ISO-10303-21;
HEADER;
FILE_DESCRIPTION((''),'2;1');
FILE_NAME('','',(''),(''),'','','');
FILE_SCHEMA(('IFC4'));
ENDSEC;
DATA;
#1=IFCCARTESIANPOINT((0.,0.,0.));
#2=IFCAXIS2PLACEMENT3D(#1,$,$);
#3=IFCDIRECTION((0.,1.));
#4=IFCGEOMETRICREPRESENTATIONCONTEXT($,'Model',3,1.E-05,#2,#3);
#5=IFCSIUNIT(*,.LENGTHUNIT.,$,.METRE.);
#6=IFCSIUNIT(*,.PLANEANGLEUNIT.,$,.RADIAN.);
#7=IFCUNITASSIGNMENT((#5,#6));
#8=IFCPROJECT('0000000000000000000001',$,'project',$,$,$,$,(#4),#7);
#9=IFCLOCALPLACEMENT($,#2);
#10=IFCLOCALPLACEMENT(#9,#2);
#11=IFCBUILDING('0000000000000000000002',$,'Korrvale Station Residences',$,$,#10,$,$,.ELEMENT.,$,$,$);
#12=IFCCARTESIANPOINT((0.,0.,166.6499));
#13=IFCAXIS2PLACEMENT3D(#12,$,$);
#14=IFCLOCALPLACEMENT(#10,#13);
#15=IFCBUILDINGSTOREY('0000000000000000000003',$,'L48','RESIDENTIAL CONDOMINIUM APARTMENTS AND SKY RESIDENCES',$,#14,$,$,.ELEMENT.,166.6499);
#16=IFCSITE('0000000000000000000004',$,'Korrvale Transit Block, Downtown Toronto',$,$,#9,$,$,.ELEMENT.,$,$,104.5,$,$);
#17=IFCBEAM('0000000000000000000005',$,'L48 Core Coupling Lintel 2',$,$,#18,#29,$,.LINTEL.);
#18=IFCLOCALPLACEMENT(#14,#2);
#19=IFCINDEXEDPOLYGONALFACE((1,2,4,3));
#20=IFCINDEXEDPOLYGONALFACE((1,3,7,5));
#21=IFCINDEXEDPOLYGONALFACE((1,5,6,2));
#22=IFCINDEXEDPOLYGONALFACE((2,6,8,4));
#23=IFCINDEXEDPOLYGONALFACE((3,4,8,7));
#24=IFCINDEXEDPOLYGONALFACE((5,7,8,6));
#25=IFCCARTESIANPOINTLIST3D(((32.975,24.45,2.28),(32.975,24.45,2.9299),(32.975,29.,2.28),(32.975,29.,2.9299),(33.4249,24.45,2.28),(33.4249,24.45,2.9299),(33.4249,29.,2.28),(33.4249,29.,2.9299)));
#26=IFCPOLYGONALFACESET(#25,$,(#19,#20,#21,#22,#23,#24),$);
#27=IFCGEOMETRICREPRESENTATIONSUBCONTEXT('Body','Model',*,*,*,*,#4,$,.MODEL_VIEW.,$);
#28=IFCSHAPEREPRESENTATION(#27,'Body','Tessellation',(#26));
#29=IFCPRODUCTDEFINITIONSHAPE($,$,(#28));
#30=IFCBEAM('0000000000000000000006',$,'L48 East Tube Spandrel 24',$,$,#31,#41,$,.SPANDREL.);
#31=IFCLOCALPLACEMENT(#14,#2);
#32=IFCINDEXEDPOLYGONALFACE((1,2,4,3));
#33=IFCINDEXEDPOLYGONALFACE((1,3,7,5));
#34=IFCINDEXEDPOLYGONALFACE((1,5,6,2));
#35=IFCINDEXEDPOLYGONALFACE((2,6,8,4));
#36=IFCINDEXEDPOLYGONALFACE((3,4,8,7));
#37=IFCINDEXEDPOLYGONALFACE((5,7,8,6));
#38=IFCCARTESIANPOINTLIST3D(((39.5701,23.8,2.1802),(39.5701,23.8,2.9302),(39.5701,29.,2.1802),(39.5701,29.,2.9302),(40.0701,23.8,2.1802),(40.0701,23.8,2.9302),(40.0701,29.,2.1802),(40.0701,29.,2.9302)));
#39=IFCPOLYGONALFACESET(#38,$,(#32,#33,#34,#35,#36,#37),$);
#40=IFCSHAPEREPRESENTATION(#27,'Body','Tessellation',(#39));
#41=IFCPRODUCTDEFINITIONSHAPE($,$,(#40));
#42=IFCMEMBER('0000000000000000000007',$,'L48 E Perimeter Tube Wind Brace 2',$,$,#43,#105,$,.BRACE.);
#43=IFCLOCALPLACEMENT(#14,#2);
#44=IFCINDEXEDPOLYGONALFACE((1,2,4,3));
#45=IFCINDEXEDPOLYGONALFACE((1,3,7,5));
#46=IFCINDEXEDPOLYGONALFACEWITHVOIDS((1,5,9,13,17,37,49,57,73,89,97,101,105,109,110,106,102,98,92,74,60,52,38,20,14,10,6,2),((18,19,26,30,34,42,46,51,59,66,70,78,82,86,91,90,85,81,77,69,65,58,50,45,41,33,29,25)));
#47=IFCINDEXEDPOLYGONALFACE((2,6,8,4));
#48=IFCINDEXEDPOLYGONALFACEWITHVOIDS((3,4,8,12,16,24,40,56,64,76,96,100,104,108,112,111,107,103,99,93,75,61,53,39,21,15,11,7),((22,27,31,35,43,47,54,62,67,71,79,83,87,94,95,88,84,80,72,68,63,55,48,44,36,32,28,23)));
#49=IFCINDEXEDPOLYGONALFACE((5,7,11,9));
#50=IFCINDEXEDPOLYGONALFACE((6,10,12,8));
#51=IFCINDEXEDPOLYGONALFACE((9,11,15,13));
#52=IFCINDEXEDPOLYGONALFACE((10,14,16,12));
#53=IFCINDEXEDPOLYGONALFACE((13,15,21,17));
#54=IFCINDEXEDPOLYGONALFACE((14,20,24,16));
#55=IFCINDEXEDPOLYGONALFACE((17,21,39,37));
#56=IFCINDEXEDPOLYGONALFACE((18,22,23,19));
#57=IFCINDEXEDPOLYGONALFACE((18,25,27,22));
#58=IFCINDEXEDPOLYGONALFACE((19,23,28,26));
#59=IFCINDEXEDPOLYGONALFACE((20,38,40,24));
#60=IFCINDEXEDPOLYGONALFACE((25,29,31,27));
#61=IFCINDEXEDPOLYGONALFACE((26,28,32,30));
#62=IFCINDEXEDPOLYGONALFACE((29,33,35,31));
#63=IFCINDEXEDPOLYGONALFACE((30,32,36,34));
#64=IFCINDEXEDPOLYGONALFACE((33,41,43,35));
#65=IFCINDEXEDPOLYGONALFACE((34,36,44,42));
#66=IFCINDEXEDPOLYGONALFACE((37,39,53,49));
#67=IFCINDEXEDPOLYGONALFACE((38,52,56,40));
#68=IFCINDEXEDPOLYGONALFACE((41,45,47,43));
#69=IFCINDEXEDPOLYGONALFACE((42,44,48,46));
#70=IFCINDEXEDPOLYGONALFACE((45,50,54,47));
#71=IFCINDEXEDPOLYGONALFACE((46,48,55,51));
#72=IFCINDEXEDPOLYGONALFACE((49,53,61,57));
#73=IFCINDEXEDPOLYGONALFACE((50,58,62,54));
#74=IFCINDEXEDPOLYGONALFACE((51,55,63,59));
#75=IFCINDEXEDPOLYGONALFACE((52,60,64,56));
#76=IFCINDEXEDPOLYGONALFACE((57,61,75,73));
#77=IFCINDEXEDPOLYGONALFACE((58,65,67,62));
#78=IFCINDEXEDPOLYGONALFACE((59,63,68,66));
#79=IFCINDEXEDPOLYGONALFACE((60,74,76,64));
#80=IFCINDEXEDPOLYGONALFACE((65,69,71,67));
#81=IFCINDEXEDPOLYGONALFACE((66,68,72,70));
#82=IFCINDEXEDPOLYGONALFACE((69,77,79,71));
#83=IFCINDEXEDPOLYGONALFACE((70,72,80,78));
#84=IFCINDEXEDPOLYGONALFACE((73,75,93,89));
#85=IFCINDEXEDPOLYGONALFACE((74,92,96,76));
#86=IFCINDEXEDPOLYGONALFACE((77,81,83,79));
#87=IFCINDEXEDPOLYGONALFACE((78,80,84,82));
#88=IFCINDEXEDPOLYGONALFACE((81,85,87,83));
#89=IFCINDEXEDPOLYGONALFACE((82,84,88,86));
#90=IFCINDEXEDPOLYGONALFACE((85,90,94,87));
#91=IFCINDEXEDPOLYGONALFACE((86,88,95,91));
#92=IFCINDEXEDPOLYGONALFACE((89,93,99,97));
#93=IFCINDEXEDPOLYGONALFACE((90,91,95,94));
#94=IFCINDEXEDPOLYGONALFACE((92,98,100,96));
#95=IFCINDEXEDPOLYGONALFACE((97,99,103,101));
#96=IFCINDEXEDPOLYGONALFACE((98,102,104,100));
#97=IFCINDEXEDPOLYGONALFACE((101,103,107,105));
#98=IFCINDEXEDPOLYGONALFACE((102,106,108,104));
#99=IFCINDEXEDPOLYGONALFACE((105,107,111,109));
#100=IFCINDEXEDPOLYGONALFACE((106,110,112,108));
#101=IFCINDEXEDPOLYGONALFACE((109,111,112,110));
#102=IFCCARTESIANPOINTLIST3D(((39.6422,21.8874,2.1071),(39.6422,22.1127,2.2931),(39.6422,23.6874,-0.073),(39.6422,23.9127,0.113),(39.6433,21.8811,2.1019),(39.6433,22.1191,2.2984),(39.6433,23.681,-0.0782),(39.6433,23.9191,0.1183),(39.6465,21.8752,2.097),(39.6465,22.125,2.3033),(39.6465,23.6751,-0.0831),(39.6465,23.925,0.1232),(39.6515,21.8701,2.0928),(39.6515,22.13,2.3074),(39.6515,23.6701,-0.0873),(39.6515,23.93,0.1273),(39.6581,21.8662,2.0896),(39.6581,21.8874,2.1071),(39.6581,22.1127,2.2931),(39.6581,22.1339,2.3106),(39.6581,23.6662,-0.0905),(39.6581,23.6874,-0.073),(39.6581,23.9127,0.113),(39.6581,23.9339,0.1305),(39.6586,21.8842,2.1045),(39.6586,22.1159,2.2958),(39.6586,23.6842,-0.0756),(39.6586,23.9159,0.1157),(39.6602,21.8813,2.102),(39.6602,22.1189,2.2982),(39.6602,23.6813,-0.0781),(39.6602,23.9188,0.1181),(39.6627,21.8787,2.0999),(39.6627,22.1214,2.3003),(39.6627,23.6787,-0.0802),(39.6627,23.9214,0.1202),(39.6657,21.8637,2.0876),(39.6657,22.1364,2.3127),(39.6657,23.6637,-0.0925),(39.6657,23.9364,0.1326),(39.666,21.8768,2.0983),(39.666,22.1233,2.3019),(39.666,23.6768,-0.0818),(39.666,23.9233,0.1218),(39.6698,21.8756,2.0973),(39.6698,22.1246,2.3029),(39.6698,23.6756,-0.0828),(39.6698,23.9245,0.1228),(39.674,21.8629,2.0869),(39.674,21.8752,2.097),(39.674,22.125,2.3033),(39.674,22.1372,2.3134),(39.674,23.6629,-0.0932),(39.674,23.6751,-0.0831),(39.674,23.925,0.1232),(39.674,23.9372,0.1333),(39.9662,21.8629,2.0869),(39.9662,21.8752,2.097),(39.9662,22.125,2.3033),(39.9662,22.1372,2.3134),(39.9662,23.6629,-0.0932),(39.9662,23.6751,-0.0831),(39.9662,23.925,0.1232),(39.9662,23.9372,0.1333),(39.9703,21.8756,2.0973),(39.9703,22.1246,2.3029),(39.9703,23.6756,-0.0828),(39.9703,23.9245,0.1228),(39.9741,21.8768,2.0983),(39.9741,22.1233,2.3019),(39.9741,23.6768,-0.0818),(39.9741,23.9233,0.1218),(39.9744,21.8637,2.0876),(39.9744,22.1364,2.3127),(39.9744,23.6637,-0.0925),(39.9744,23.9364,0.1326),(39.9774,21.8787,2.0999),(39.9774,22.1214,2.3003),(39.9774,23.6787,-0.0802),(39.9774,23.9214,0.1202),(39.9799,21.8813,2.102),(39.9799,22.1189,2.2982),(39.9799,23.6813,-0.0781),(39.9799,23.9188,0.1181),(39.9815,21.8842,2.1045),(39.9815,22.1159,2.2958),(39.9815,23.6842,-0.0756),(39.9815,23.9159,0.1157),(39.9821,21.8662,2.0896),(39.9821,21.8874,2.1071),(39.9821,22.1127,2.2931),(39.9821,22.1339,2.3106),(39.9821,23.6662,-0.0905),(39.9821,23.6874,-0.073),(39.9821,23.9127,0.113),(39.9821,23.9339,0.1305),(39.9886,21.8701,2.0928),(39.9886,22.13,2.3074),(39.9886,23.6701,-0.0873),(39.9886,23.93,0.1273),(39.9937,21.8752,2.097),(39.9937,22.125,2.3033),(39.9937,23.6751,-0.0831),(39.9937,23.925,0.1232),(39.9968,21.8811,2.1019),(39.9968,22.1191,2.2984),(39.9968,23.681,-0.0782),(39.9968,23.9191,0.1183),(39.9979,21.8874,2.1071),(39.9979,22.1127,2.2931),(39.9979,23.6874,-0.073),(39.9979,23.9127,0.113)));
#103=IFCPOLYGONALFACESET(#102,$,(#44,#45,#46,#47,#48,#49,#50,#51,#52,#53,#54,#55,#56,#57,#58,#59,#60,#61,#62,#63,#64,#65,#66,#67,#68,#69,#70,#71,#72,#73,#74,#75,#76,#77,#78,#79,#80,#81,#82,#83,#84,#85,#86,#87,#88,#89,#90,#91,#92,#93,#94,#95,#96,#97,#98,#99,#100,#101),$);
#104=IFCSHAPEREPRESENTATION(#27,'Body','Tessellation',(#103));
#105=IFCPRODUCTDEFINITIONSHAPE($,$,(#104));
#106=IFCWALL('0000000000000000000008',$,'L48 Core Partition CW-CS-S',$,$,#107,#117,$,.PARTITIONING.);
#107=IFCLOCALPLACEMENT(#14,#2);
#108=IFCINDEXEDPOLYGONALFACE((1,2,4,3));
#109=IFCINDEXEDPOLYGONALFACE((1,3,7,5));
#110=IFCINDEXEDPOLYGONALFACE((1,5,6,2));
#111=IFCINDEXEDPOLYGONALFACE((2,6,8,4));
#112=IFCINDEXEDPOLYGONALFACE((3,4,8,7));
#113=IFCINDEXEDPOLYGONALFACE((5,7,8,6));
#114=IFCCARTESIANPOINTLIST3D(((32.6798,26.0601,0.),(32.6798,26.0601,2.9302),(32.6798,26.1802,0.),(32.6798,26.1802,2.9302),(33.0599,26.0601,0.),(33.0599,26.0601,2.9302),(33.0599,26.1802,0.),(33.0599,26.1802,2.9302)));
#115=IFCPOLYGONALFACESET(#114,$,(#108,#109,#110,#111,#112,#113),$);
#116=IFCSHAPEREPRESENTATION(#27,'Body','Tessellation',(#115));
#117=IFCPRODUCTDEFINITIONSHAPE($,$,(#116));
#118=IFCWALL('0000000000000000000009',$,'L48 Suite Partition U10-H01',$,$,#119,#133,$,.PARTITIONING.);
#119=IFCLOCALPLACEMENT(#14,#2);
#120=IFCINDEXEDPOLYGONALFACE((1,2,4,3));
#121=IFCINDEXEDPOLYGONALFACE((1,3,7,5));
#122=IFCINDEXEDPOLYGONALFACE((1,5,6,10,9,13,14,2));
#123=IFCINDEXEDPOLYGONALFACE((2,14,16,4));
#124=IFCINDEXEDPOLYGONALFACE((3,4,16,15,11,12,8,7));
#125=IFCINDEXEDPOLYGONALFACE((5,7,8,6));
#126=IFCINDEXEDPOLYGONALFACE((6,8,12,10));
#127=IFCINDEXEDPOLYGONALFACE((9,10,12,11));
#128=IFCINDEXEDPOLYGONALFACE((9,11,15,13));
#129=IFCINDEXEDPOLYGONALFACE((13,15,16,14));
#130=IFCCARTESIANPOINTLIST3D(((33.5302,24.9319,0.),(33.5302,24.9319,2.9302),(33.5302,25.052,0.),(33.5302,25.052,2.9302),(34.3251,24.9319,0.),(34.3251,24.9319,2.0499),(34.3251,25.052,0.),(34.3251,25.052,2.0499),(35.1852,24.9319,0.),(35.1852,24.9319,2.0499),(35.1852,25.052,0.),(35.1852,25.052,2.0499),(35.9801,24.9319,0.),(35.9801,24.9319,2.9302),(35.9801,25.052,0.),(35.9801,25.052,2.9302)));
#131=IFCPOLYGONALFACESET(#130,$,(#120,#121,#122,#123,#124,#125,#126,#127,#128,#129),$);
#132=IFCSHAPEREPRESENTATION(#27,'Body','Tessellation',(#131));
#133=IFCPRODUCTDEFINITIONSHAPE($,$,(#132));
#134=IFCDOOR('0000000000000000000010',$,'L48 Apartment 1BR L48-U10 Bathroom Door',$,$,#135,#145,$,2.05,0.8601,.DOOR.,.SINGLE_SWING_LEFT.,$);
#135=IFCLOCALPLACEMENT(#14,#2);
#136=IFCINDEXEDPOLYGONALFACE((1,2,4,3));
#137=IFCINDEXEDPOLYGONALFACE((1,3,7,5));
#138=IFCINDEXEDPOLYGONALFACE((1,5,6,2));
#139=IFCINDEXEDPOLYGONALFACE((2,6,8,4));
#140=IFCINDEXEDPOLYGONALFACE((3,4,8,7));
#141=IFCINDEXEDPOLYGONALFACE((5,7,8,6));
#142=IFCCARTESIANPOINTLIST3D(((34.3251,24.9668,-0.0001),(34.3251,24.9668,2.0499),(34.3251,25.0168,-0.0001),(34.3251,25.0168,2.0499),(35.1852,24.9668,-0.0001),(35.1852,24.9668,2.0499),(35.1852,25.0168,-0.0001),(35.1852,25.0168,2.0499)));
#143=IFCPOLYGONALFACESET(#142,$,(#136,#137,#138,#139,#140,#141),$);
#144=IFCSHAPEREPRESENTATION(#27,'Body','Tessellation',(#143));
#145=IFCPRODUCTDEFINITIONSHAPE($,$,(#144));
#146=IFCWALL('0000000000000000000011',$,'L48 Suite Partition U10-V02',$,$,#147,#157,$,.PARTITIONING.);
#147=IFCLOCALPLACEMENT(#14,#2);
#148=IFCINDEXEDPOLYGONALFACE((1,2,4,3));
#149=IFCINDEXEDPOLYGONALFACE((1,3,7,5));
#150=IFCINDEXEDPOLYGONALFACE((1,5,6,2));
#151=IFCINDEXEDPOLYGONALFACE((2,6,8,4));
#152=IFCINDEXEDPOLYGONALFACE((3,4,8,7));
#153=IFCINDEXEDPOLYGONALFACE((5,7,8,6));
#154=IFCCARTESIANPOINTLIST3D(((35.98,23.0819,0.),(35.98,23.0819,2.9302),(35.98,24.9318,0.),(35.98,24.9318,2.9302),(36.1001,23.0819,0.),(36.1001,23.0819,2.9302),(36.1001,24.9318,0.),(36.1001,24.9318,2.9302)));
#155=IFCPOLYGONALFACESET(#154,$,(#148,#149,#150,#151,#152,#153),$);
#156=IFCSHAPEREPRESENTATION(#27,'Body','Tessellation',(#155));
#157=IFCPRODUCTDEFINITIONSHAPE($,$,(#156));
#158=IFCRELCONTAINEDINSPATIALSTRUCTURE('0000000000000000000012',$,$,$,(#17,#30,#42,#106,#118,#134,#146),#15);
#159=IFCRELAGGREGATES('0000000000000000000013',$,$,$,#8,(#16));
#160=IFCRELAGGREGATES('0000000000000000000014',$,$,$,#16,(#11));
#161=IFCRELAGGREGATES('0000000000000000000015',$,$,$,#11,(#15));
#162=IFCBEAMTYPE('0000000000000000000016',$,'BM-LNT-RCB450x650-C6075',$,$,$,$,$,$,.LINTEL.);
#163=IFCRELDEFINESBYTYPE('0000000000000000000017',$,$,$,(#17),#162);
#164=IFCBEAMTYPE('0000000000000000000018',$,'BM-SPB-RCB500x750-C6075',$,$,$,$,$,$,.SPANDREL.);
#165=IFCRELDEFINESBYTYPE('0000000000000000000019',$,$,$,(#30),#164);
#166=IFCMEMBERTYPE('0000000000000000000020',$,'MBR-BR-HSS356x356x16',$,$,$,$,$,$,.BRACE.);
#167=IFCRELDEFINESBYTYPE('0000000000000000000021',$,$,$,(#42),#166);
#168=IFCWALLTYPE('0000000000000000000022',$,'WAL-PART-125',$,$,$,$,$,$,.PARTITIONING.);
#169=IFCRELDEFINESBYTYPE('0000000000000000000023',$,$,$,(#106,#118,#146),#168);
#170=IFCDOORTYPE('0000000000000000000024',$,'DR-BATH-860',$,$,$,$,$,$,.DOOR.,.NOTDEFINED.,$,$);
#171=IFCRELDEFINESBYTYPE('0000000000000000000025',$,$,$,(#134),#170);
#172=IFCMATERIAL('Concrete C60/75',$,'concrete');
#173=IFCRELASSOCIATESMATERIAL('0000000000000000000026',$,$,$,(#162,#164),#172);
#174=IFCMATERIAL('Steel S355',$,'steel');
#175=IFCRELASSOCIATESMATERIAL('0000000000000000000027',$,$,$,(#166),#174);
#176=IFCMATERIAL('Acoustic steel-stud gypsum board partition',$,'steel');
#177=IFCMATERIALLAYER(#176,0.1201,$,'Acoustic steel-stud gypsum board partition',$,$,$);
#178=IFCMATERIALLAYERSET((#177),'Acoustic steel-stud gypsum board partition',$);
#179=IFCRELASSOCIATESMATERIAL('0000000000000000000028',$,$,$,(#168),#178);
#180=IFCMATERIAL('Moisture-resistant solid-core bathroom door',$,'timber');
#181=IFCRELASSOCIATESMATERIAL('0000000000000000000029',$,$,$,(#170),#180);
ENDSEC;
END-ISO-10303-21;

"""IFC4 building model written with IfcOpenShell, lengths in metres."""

from ifc_helpers import new_model, si_unit, direction, frame, frame_2d, origin, origin_2d, place, context, subcontext, project, spatial, rectangle, hollow_rectangle, extrude, material, layer, layer_set, material_profile, profile_set, type_object, element, fill, save


model = new_model("IFC4")

# Units and contexts
model_context = context("Model", 3, precision=1e-05, world=origin(), true_north=direction((0.0, 1.0)))
body_context = subcontext(model_context, "Body", "Model", "MODEL_VIEW")
ifc_project = project(units=[si_unit("LENGTHUNIT", "METRE"), si_unit("PLANEANGLEUNIT", "RADIAN")], contexts=[model_context])

# Site, building, storey
site_placement = place(None, origin())
site = spatial("IfcSite", under=ifc_project, at=site_placement, Name="Korrvale Transit Block, Downtown Toronto", CompositionType="ELEMENT", RefElevation=104.5)
building_placement = place(site_placement, origin())
building = spatial("IfcBuilding", under=site, at=building_placement, Name="Korrvale Station Residences", CompositionType="ELEMENT")
storey_placement = place(building_placement, frame((0.0, 0.0, 166.6499)))
storey = spatial("IfcBuildingStorey", under=building, at=storey_placement, Name="L48", Description="RESIDENTIAL CONDOMINIUM APARTMENTS AND SKY RESIDENCES", CompositionType="ELEMENT", Elevation=166.6499)

# Shared definitions
ifc_material_1 = material(Name="Concrete C60/75", Category="concrete")

# Beams
ifc_material_2 = material(Name="Steel S355", Category="steel")
ifc_material_profile_1 = material_profile(ifc_material_1, rectangle(XDim=0.45, YDim=0.6499, at=origin_2d()), Name="RCB450x650")
ifc_profile_set_1 = profile_set([ifc_material_profile_1], Name="Concrete C60/75")
beam_type_1 = type_object("IfcBeamType", Name="BM-LNT-RCB450x650-C6075", PredefinedType="LINTEL", material=ifc_profile_set_1)
beam_1_placement = place(storey_placement, frame((33.2, 24.45, 2.605), z_axis=(0.0, 1.0, 0.0), x_axis=(-1.0, 0.0, 0.0)))
element("IfcBeam", 1, at=beam_1_placement, inside=storey, type_object=beam_type_1, Name="L48 Core Coupling Lintel 2", PredefinedType="LINTEL", context=body_context, shape_type="SweptSolid", body=[
    extrude(rectangle(XDim=0.45, YDim=0.6499, at=origin_2d()), origin(), (0.0, 0.0, 1.0), 4.55),
])
ifc_material_profile_2 = material_profile(ifc_material_1, rectangle(XDim=0.5, YDim=0.75, at=origin_2d()), Name="RCB500x750")
ifc_profile_set_2 = profile_set([ifc_material_profile_2], Name="Concrete C60/75")
beam_type_2 = type_object("IfcBeamType", Name="BM-SPB-RCB500x750-C6075", PredefinedType="SPANDREL", material=ifc_profile_set_2)
beam_2_placement = place(storey_placement, frame((39.8201, 23.8, 2.5552), z_axis=(0.0, 1.0, 0.0), x_axis=(-1.0, 0.0, 0.0)))
element("IfcBeam", 2, at=beam_2_placement, inside=storey, type_object=beam_type_2, Name="L48 East Tube Spandrel 24", PredefinedType="SPANDREL", context=body_context, shape_type="SweptSolid", body=[
    extrude(rectangle(XDim=0.5, YDim=0.75, at=origin_2d()), origin(), (0.0, 0.0, 1.0), 5.2),
])

# Member
ifc_material_profile_3 = material_profile(ifc_material_2, hollow_rectangle(XDim=0.3557, YDim=0.3557, WallThickness=0.0159, InnerFilletRadius=0.0159, OuterFilletRadius=0.0317, at=origin_2d()), Name="HSS356x356x16")
ifc_profile_set_3 = profile_set([ifc_material_profile_3], Name="Steel S355")
member_type = type_object("IfcMemberType", Name="MBR-BR-HSS356x356x16", PredefinedType="BRACE", material=ifc_profile_set_3)
member_placement = place(storey_placement, frame((39.8201, 23.8, 0.02), z_axis=(0.0, -0.636678, 0.771129), x_axis=(1.0, 0.0, 0.0)))
element("IfcMember", 3, at=member_placement, inside=storey, type_object=member_type, Name="L48 E Perimeter Tube Wind Brace 2", PredefinedType="BRACE", context=body_context, shape_type="SweptSolid", body=[
    extrude(hollow_rectangle(XDim=0.3557, YDim=0.3557, WallThickness=0.0159, InnerFilletRadius=0.0159, OuterFilletRadius=0.0317, at=origin_2d()), origin(), (0.0, 0.0, 1.0), 2.8271),
])

# Wall
ifc_material_3 = material(Name="Acoustic steel-stud gypsum board partition", Category="steel")
ifc_layer_1 = layer(ifc_material_3, 0.1201, Name="Acoustic steel-stud gypsum board partition")
ifc_layer_set_1 = layer_set([ifc_layer_1], Name="Acoustic steel-stud gypsum board partition")
wall_type_1 = type_object("IfcWallType", Name="WAL-PART-125", PredefinedType="PARTITIONING", material=ifc_layer_set_1)
wall_1_placement = place(storey_placement, frame((32.6799, 26.1201, 0.0), z_axis=(0.0, 0.0, 1.0), x_axis=(1.0, 0.0, 0.0)))
element("IfcWall", 4, at=wall_1_placement, inside=storey, type_object=wall_type_1, Name="L48 Core Partition CW-CS-S", PredefinedType="PARTITIONING", context=body_context, shape_type="SweptSolid", body=[
    extrude(rectangle(XDim=0.3801, YDim=0.1201, at=frame_2d((0.1899, 0.0))), origin(), (0.0, 0.0, 1.0), 2.9302),
])

# Wall, opening, door
wall_2_placement = place(storey_placement, frame((33.53, 24.9919, 0.0), z_axis=(0.0, 0.0, 1.0), x_axis=(1.0, 0.0, 0.0)))
wall_2 = element("IfcWall", 5, at=wall_2_placement, inside=storey, type_object=wall_type_1, Name="L48 Suite Partition U10-H01", PredefinedType="PARTITIONING", context=body_context, shape_type="SweptSolid", body=[
    extrude(rectangle(XDim=2.45, YDim=0.1201, at=frame_2d((1.2251, 0.0))), origin(), (0.0, 0.0, 1.0), 2.9302),
])
opening_1_placement = place(wall_2_placement, frame((0.7949, 0.0, 0.0)))
opening_1 = element("IfcOpeningElement", 6, at=opening_1_placement, cuts=wall_2, PredefinedType="OPENING", context=body_context, shape_type="SweptSolid", body=[
    extrude(rectangle(XDim=0.8601, YDim=2.05, at=frame_2d((0.4302, 1.0249))), frame((0.0, 0.0701, 0.0), z_axis=(0.0, -1.0, 0.0), x_axis=(1.0, 0.0, 0.0)), (0.0, 0.0, 1.0), 0.1401),
])
ifc_material_4 = material(Name="Moisture-resistant solid-core bathroom door", Category="timber")
door_type_1 = type_object("IfcDoorType", Name="DR-BATH-860", OperationType="NOTDEFINED", PredefinedType="DOOR", material=ifc_material_4)
door_1_placement = place(opening_1_placement, origin())
door_1 = element("IfcDoor", 7, at=door_1_placement, inside=storey, type_object=door_type_1, Name="L48 Apartment 1BR L48-U10 Bathroom Door", OperationType="SINGLE_SWING_LEFT", OverallHeight=2.05, OverallWidth=0.8601, PredefinedType="DOOR", context=body_context, shape_type="SweptSolid", body=[
    extrude(rectangle(XDim=0.8601, YDim=2.05, at=frame_2d((0.4302, 1.0249))), frame((0.0, 0.0249, 0.0), z_axis=(0.0, -1.0, 0.0), x_axis=(1.0, 0.0, 0.0)), (0.0, 0.0, 1.0), 0.05),
])
fill(opening_1, door_1)

# Wall
wall_3_placement = place(storey_placement, frame((36.04, 23.082, 0.0), z_axis=(0.0, 0.0, 1.0), x_axis=(0.0, 1.0, 0.0)))
element("IfcWall", 8, at=wall_3_placement, inside=storey, type_object=wall_type_1, Name="L48 Suite Partition U10-V02", PredefinedType="PARTITIONING", context=body_context, shape_type="SweptSolid", body=[
    extrude(rectangle(XDim=1.8499, YDim=0.1201, at=frame_2d((0.9248, 0.0))), origin(), (0.0, 0.0, 1.0), 2.9302),
])

save(model, "model.ifc")
